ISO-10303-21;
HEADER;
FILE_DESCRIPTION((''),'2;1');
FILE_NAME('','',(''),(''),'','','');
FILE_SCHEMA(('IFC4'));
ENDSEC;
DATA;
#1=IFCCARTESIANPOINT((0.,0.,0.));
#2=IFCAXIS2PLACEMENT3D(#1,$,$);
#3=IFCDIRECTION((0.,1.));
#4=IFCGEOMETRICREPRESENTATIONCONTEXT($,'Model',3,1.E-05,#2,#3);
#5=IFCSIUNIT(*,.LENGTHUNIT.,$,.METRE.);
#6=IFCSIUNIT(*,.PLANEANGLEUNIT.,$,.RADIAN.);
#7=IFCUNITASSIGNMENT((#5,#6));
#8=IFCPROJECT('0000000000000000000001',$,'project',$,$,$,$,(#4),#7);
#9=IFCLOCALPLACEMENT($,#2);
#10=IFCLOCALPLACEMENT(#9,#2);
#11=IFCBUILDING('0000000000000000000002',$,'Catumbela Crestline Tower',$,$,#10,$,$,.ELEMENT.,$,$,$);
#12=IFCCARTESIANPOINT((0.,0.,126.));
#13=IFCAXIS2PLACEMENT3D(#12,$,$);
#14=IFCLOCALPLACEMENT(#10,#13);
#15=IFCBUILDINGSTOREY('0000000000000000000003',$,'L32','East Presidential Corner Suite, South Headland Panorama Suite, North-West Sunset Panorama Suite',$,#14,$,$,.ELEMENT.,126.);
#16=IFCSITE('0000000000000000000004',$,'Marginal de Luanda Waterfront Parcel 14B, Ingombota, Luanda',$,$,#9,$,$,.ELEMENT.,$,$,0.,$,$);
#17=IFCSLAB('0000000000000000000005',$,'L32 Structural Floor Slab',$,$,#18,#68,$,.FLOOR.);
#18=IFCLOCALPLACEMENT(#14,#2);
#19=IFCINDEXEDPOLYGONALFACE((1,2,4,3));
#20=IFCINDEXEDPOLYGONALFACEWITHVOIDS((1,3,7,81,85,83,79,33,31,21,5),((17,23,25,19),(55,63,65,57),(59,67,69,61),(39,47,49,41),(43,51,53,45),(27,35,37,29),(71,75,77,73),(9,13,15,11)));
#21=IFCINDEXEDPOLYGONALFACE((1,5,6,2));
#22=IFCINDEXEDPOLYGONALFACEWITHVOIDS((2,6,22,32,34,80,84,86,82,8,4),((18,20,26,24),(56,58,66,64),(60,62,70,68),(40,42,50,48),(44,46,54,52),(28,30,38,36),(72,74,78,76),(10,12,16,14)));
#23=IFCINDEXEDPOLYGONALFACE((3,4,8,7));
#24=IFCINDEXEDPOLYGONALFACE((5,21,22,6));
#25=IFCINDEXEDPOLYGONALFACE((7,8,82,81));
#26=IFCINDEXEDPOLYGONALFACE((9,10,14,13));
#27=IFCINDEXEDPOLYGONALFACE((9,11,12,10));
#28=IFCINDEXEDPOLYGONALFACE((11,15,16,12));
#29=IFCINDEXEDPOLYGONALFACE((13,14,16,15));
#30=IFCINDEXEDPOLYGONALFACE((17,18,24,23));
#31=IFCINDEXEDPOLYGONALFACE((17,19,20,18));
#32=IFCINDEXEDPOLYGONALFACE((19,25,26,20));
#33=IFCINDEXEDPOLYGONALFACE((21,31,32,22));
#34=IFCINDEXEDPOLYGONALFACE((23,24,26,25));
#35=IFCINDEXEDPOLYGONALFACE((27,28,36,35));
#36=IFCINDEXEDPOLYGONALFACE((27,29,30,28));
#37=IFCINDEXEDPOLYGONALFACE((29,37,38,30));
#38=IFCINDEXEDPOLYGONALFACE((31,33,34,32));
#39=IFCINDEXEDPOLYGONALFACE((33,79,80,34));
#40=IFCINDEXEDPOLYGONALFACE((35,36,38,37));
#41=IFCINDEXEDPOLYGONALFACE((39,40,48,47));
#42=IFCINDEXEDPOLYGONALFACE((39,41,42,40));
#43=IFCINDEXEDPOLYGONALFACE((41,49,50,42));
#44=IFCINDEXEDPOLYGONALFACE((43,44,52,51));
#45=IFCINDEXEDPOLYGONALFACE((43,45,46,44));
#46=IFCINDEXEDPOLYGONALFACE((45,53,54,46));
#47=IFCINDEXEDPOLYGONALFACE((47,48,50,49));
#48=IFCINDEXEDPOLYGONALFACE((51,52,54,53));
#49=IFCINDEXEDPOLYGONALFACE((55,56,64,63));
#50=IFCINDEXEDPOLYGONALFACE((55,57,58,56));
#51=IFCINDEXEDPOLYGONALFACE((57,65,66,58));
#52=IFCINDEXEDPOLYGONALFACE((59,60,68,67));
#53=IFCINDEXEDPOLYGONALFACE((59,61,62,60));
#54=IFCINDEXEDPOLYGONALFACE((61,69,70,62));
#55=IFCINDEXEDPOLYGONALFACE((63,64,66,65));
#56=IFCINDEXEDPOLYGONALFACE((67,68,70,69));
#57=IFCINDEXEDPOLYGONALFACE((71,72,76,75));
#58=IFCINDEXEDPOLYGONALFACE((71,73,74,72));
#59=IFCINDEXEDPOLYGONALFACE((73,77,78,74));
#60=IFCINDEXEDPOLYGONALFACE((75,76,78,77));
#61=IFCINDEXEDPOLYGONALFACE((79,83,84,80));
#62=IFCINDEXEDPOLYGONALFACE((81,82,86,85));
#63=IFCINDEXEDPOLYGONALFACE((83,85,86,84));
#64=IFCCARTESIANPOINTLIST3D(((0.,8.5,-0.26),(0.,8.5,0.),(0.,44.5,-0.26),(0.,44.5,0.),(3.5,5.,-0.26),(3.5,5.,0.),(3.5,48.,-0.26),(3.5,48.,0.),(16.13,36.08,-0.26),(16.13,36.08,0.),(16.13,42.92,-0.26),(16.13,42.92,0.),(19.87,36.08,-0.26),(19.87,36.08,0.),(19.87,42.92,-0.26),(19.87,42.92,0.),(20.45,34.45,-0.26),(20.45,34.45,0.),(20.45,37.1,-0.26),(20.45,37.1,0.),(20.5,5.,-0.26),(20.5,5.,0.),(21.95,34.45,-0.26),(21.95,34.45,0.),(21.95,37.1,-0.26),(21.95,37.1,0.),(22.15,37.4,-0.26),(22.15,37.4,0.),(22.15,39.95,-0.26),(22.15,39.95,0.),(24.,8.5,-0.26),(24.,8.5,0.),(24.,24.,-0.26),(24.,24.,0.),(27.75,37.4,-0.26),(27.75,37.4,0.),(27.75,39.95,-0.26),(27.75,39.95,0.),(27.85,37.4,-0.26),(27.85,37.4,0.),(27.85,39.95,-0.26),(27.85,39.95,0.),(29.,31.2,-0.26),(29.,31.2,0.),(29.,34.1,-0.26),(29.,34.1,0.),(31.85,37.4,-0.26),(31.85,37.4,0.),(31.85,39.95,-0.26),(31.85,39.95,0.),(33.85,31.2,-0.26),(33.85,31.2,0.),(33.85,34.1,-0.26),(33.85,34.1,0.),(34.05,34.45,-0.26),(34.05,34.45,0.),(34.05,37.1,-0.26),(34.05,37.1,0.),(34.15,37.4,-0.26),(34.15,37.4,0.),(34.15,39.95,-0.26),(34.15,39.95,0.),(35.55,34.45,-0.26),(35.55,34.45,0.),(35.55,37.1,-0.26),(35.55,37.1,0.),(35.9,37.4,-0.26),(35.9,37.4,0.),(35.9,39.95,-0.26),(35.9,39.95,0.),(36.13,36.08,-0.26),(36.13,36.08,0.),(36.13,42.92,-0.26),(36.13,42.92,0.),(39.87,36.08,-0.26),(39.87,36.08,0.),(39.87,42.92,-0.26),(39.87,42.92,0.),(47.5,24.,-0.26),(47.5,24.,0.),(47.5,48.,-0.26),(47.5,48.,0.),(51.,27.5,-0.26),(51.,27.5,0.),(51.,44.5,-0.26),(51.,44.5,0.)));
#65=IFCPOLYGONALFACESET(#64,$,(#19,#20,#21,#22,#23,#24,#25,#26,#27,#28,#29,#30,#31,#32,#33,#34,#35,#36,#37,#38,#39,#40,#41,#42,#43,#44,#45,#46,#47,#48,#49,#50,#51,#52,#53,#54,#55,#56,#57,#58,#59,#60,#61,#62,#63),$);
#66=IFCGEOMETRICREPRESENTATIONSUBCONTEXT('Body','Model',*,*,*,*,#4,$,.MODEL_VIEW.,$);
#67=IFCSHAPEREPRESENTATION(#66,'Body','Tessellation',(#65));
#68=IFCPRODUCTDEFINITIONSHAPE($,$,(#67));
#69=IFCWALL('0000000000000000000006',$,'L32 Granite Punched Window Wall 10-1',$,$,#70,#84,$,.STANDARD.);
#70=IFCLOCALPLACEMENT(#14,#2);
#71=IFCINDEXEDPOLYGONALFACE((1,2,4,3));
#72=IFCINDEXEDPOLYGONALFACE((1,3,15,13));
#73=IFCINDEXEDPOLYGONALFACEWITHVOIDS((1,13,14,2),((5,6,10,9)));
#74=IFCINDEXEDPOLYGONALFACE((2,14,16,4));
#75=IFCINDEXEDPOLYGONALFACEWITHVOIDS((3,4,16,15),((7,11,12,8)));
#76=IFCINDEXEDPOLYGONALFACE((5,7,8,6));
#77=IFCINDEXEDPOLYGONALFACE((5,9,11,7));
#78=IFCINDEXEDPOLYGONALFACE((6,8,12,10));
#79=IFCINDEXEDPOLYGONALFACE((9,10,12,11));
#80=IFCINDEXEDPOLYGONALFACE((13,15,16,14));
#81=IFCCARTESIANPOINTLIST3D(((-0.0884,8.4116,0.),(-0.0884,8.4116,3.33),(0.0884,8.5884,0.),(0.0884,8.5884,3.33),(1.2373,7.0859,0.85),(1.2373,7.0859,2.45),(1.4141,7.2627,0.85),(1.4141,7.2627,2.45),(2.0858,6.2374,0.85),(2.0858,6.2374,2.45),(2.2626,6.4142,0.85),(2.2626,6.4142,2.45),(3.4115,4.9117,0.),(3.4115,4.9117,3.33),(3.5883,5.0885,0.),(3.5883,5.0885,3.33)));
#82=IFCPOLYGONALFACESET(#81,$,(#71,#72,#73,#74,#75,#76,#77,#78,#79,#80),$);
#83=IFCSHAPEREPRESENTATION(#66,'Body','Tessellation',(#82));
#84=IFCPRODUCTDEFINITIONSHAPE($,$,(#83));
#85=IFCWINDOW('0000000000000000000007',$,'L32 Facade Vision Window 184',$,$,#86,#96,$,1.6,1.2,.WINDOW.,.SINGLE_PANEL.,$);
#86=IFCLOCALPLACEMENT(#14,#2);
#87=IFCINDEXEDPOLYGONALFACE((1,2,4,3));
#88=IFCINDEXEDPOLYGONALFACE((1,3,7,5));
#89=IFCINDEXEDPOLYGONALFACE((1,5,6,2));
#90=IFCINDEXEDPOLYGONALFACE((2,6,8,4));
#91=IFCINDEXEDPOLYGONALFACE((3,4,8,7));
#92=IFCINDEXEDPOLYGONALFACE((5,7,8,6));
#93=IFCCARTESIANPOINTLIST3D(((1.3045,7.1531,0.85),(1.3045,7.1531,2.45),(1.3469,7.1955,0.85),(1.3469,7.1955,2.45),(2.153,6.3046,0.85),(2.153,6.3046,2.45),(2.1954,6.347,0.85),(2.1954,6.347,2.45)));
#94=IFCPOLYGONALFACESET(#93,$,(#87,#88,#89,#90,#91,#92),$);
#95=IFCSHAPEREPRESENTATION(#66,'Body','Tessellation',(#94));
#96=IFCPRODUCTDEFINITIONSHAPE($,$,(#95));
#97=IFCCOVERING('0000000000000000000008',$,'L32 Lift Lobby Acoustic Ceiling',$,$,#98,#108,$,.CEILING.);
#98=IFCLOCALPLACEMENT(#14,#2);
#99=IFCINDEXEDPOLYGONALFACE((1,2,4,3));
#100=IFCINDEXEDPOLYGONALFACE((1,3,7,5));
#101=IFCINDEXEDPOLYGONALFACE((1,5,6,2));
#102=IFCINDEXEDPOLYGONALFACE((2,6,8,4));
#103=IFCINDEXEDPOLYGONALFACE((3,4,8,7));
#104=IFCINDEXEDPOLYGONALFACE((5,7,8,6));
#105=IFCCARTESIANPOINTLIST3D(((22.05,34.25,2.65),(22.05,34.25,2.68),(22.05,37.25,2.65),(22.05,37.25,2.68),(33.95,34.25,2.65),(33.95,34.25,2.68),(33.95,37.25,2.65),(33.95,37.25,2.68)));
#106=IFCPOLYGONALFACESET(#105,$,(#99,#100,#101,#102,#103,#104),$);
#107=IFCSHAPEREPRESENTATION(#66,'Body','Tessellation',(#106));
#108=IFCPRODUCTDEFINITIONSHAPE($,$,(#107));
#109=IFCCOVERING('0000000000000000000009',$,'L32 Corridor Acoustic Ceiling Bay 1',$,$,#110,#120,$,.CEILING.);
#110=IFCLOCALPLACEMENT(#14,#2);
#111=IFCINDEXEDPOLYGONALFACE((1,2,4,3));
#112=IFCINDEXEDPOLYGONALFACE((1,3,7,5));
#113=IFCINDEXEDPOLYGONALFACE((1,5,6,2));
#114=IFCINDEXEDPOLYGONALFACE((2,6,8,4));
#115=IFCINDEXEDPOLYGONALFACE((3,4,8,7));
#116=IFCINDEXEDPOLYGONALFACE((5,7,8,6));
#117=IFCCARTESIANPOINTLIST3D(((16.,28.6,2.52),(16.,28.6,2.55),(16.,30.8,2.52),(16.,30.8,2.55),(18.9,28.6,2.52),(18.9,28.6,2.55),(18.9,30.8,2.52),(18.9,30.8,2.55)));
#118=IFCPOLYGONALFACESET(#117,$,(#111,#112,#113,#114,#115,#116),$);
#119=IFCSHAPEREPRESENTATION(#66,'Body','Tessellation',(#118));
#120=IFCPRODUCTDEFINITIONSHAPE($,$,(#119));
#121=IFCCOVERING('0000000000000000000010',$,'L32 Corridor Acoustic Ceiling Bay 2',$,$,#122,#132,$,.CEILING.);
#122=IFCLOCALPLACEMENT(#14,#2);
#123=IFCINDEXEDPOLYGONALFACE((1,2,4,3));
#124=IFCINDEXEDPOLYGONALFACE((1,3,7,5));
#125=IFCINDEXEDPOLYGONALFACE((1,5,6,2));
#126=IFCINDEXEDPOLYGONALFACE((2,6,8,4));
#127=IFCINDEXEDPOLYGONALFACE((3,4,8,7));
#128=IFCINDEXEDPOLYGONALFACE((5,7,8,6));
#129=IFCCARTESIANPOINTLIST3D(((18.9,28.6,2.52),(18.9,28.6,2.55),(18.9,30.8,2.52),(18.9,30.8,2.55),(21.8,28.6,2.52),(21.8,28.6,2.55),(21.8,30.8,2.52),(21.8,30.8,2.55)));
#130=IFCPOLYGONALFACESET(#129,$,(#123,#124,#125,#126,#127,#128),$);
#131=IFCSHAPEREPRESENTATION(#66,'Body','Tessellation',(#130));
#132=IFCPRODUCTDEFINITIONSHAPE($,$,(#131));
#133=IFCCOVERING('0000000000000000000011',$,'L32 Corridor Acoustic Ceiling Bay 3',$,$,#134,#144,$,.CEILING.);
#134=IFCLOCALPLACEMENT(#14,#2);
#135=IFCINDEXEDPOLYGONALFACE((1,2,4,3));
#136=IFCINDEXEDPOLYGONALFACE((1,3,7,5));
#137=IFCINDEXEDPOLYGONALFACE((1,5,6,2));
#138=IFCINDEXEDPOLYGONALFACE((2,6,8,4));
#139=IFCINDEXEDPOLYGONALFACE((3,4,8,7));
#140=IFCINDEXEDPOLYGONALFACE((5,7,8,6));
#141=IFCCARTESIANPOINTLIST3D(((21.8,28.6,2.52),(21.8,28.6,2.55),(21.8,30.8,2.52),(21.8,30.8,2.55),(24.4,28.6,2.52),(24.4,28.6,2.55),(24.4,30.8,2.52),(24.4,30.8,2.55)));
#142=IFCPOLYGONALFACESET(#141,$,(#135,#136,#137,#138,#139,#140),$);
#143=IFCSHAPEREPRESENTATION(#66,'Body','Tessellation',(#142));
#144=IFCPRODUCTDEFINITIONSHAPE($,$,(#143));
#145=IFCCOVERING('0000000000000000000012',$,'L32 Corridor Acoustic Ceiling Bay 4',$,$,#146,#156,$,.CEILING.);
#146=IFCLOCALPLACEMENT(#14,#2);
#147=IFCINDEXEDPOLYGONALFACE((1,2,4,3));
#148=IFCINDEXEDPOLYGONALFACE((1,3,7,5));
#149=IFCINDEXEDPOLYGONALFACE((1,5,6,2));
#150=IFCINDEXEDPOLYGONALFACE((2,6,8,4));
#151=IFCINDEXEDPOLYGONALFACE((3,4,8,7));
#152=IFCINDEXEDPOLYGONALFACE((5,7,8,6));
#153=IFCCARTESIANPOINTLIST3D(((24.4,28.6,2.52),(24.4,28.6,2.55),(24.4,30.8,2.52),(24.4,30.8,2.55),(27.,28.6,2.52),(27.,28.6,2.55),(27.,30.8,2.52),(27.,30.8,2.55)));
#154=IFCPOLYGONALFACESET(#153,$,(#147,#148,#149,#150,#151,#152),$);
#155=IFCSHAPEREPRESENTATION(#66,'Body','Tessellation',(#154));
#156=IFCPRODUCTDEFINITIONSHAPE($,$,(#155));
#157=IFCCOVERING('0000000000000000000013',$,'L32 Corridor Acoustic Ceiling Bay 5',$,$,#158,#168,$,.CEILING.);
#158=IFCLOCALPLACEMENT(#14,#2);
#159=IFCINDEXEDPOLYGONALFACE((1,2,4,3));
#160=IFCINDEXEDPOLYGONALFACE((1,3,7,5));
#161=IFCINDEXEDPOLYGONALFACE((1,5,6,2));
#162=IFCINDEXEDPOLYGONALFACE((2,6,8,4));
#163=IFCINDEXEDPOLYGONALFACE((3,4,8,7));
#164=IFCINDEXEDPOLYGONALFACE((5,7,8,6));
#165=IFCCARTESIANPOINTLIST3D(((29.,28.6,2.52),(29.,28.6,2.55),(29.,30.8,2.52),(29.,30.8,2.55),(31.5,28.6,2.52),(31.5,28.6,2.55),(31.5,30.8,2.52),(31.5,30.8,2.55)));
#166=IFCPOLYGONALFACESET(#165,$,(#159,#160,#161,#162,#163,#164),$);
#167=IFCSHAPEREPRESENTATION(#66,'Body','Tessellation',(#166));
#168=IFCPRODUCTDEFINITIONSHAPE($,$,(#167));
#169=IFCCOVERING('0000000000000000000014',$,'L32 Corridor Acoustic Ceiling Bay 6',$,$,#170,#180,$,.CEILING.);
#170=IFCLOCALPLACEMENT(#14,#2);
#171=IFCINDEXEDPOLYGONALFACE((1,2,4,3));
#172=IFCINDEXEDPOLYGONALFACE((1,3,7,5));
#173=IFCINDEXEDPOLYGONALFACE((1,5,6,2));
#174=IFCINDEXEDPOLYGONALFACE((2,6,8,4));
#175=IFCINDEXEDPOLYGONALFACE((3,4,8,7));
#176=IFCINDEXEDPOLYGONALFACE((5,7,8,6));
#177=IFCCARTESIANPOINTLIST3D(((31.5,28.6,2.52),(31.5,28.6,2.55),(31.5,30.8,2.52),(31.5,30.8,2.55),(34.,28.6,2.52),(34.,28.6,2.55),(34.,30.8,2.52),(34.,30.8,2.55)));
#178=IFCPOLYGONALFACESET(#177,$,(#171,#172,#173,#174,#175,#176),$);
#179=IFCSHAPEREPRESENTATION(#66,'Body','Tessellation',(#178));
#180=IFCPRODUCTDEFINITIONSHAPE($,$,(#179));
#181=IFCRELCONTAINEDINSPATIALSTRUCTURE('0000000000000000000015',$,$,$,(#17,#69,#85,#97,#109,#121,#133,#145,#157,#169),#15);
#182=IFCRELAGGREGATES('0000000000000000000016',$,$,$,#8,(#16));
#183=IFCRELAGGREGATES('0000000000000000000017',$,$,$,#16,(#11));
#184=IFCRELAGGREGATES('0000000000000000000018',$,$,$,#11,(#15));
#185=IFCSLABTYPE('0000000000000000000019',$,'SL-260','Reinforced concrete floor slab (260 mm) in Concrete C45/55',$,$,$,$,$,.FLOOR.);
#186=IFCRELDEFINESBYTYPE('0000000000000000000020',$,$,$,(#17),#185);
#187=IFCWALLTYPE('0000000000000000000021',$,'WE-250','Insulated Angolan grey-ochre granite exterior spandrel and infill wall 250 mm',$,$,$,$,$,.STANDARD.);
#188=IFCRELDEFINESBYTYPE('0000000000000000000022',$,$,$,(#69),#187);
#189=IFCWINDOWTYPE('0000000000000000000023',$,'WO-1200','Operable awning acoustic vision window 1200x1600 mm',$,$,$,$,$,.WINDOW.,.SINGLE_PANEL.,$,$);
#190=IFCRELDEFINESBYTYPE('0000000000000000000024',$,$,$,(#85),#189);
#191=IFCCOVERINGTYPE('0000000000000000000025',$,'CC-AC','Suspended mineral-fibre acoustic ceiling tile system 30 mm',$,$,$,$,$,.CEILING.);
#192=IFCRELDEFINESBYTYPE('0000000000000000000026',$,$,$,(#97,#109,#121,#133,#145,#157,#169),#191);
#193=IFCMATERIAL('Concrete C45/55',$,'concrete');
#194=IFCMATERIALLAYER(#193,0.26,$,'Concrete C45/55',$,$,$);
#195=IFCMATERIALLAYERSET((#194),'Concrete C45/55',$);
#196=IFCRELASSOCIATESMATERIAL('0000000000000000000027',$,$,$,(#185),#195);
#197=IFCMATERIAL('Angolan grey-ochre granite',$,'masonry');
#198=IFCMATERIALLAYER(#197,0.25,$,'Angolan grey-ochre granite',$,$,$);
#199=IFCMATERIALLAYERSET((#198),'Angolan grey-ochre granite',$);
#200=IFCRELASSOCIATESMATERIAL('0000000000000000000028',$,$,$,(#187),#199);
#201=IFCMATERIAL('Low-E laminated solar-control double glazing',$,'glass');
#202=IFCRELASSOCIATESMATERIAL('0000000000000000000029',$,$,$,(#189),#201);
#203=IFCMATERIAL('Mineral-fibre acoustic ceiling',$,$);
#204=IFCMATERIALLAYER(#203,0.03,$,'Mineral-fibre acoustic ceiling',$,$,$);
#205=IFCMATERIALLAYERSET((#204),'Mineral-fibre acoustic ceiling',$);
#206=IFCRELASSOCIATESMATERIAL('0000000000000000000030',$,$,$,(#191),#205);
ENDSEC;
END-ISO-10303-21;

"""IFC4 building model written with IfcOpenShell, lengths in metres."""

from ifc_helpers import new_model, si_unit, direction, frame, frame_2d, origin, place, context, subcontext, project, spatial, polyline, rectangle, outline, extrude, material, layer, layer_set, type_object, element, fill, save


model = new_model("IFC4")

# Units and contexts
model_context = context("Model", 3, precision=1e-05, world=origin(), true_north=direction((0.0, 1.0)))
body_context = subcontext(model_context, "Body", "Model", "MODEL_VIEW")
ifc_project = project(units=[si_unit("LENGTHUNIT", "METRE"), si_unit("PLANEANGLEUNIT", "RADIAN")], contexts=[model_context])

# Site, building, storey
site_placement = place(None, origin())
site = spatial("IfcSite", under=ifc_project, at=site_placement, Name="Marginal de Luanda Waterfront Parcel 14B, Ingombota, Luanda", CompositionType="ELEMENT", RefElevation=0.0)
building_placement = place(site_placement, origin())
building = spatial("IfcBuilding", under=site, at=building_placement, Name="Catumbela Crestline Tower", CompositionType="ELEMENT")
storey_placement = place(building_placement, frame((0.0, 0.0, 126.0)))
storey = spatial("IfcBuildingStorey", under=building, at=storey_placement, Name="L32", Description="East Presidential Corner Suite, South Headland Panorama Suite, North-West Sunset Panorama Suite", CompositionType="ELEMENT", Elevation=126.0)

# Shared definitions
ifc_material_1 = material(Name="Concrete C45/55", Category="concrete")

# Slab
ifc_layer_1 = layer(ifc_material_1, 0.26, Name="Concrete C45/55")
ifc_layer_set_1 = layer_set([ifc_layer_1], Name="Concrete C45/55")
slab_type_1 = type_object("IfcSlabType", Name="SL-260", Description="Reinforced concrete floor slab (260 mm) in Concrete C45/55", PredefinedType="FLOOR", material=ifc_layer_set_1)
slab_1_placement = place(storey_placement, frame((0.0, 0.0, -0.26)))
element("IfcSlab", 1, at=slab_1_placement, inside=storey, type_object=slab_type_1, Name="L32 Structural Floor Slab", PredefinedType="FLOOR", context=body_context, shape_type="SweptSolid", body=[
    extrude(outline(polyline([(3.5, 5.0), (20.5, 5.0), (24.0, 8.5), (24.0, 24.0), (47.5, 24.0), (51.0, 27.5), (51.0, 44.5), (47.5, 48.0), (3.5, 48.0), (0.0, 44.5), (0.0, 8.5), (3.5, 5.0)]), holes=[polyline([(16.13, 36.08), (19.87, 36.08), (19.87, 42.92), (16.13, 42.92), (16.13, 36.08)]), polyline([(36.13, 36.08), (39.87, 36.08), (39.87, 42.92), (36.13, 42.92), (36.13, 36.08)]), polyline([(29.0, 31.2), (33.85, 31.2), (33.85, 34.1), (29.0, 34.1), (29.0, 31.2)]), polyline([(22.15, 37.4), (27.75, 37.4), (27.75, 39.95), (22.15, 39.95), (22.15, 37.4)]), polyline([(27.85, 37.4), (31.85, 37.4), (31.85, 39.95), (27.85, 39.95), (27.85, 37.4)]), polyline([(20.45, 34.45), (21.95, 34.45), (21.95, 37.1), (20.45, 37.1), (20.45, 34.45)]), polyline([(34.05, 34.45), (35.55, 34.45), (35.55, 37.1), (34.05, 37.1), (34.05, 34.45)]), polyline([(34.15, 37.4), (35.9, 37.4), (35.9, 39.95), (34.15, 39.95), (34.15, 37.4)])]), origin(), (0.0, 0.0, 1.0), 0.26),
])

# Wall, opening, window
ifc_material_2 = material(Name="Angolan grey-ochre granite", Category="masonry")
ifc_layer_2 = layer(ifc_material_2, 0.25, Name="Angolan grey-ochre granite")
ifc_layer_set_2 = layer_set([ifc_layer_2], Name="Angolan grey-ochre granite")
wall_type = type_object("IfcWallType", Name="WE-250", Description="Insulated Angolan grey-ochre granite exterior spandrel and infill wall 250 mm", PredefinedType="STANDARD", material=ifc_layer_set_2)
wall_placement = place(storey_placement, frame((0.0, 8.5, 0.0), z_axis=(0.0, 0.0, 1.0), x_axis=(0.707107, -0.707107, 0.0)))
wall = element("IfcWall", 2, at=wall_placement, inside=storey, type_object=wall_type, Name="L32 Granite Punched Window Wall 10-1", PredefinedType="STANDARD", context=body_context, shape_type="SweptSolid", body=[
    extrude(rectangle(XDim=4.9497, YDim=0.25, at=frame_2d((2.4748, 0.0))), origin(), (0.0, 0.0, 1.0), 3.33),
])
opening_placement = place(wall_placement, frame((1.8748, 0.0, 0.85)))
opening = element("IfcOpeningElement", 3, at=opening_placement, cuts=wall, PredefinedType="OPENING", context=body_context, shape_type="SweptSolid", body=[
    extrude(rectangle(XDim=1.2, YDim=1.6, at=frame_2d((0.6, 0.8))), frame((0.0, 0.135, 0.0), z_axis=(0.0, -1.0, 0.0), x_axis=(1.0, 0.0, 0.0)), (0.0, 0.0, 1.0), 0.27),
])
ifc_material_3 = material(Name="Low-E laminated solar-control double glazing", Category="glass")
window_type = type_object("IfcWindowType", Name="WO-1200", Description="Operable awning acoustic vision window 1200x1600 mm", PartitioningType="SINGLE_PANEL", PredefinedType="WINDOW", material=ifc_material_3)
window_placement = place(opening_placement, origin())
window = element("IfcWindow", 4, at=window_placement, inside=storey, type_object=window_type, Name="L32 Facade Vision Window 184", OverallHeight=1.6, OverallWidth=1.2, PartitioningType="SINGLE_PANEL", PredefinedType="WINDOW", context=body_context, shape_type="SweptSolid", body=[
    extrude(rectangle(XDim=1.2, YDim=1.6, at=frame_2d((0.6, 0.8))), frame((0.0, 0.03, 0.0), z_axis=(0.0, -1.0, 0.0), x_axis=(1.0, 0.0, 0.0)), (0.0, 0.0, 1.0), 0.06),
])
fill(opening, window)

# Coverings
ifc_material_4 = material(Name="Mineral-fibre acoustic ceiling")
ifc_layer_3 = layer(ifc_material_4, 0.03, Name="Mineral-fibre acoustic ceiling")
ifc_layer_set_3 = layer_set([ifc_layer_3], Name="Mineral-fibre acoustic ceiling")
covering_type_1 = type_object("IfcCoveringType", Name="CC-AC", Description="Suspended mineral-fibre acoustic ceiling tile system 30 mm", PredefinedType="CEILING", material=ifc_layer_set_3)
covering_1_placement = place(storey_placement, frame((0.0, 0.0, 2.65)))
element("IfcCovering", 5, at=covering_1_placement, inside=storey, type_object=covering_type_1, Name="L32 Lift Lobby Acoustic Ceiling", PredefinedType="CEILING", context=body_context, shape_type="SweptSolid", body=[
    extrude(outline(polyline([(22.05, 34.25), (33.95, 34.25), (33.95, 37.25), (22.05, 37.25), (22.05, 34.25)])), origin(), (0.0, 0.0, 1.0), 0.03),
])
covering_2_placement = place(storey_placement, frame((0.0, 0.0, 2.52)))
element("IfcCovering", 6, at=covering_2_placement, inside=storey, type_object=covering_type_1, Name="L32 Corridor Acoustic Ceiling Bay 1", PredefinedType="CEILING", context=body_context, shape_type="SweptSolid", body=[
    extrude(outline(polyline([(16.0, 28.6), (18.9, 28.6), (18.9, 30.8), (16.0, 30.8), (16.0, 28.6)])), origin(), (0.0, 0.0, 1.0), 0.03),
])
covering_3_placement = place(storey_placement, frame((0.0, 0.0, 2.52)))
element("IfcCovering", 7, at=covering_3_placement, inside=storey, type_object=covering_type_1, Name="L32 Corridor Acoustic Ceiling Bay 2", PredefinedType="CEILING", context=body_context, shape_type="SweptSolid", body=[
    extrude(outline(polyline([(18.9, 28.6), (21.8, 28.6), (21.8, 30.8), (18.9, 30.8), (18.9, 28.6)])), origin(), (0.0, 0.0, 1.0), 0.03),
])
covering_4_placement = place(storey_placement, frame((0.0, 0.0, 2.52)))
element("IfcCovering", 8, at=covering_4_placement, inside=storey, type_object=covering_type_1, Name="L32 Corridor Acoustic Ceiling Bay 3", PredefinedType="CEILING", context=body_context, shape_type="SweptSolid", body=[
    extrude(outline(polyline([(21.8, 28.6), (24.4, 28.6), (24.4, 30.8), (21.8, 30.8), (21.8, 28.6)])), origin(), (0.0, 0.0, 1.0), 0.03),
])
covering_5_placement = place(storey_placement, frame((0.0, 0.0, 2.52)))
element("IfcCovering", 9, at=covering_5_placement, inside=storey, type_object=covering_type_1, Name="L32 Corridor Acoustic Ceiling Bay 4", PredefinedType="CEILING", context=body_context, shape_type="SweptSolid", body=[
    extrude(outline(polyline([(24.4, 28.6), (27.0, 28.6), (27.0, 30.8), (24.4, 30.8), (24.4, 28.6)])), origin(), (0.0, 0.0, 1.0), 0.03),
])
covering_6_placement = place(storey_placement, frame((0.0, 0.0, 2.52)))
element("IfcCovering", 10, at=covering_6_placement, inside=storey, type_object=covering_type_1, Name="L32 Corridor Acoustic Ceiling Bay 5", PredefinedType="CEILING", context=body_context, shape_type="SweptSolid", body=[
    extrude(outline(polyline([(29.0, 28.6), (31.5, 28.6), (31.5, 30.8), (29.0, 30.8), (29.0, 28.6)])), origin(), (0.0, 0.0, 1.0), 0.03),
])
covering_7_placement = place(storey_placement, frame((0.0, 0.0, 2.52)))
element("IfcCovering", 11, at=covering_7_placement, inside=storey, type_object=covering_type_1, Name="L32 Corridor Acoustic Ceiling Bay 6", PredefinedType="CEILING", context=body_context, shape_type="SweptSolid", body=[
    extrude(outline(polyline([(31.5, 28.6), (34.0, 28.6), (34.0, 30.8), (31.5, 30.8), (31.5, 28.6)])), origin(), (0.0, 0.0, 1.0), 0.03),
])

save(model, "model.ifc")
